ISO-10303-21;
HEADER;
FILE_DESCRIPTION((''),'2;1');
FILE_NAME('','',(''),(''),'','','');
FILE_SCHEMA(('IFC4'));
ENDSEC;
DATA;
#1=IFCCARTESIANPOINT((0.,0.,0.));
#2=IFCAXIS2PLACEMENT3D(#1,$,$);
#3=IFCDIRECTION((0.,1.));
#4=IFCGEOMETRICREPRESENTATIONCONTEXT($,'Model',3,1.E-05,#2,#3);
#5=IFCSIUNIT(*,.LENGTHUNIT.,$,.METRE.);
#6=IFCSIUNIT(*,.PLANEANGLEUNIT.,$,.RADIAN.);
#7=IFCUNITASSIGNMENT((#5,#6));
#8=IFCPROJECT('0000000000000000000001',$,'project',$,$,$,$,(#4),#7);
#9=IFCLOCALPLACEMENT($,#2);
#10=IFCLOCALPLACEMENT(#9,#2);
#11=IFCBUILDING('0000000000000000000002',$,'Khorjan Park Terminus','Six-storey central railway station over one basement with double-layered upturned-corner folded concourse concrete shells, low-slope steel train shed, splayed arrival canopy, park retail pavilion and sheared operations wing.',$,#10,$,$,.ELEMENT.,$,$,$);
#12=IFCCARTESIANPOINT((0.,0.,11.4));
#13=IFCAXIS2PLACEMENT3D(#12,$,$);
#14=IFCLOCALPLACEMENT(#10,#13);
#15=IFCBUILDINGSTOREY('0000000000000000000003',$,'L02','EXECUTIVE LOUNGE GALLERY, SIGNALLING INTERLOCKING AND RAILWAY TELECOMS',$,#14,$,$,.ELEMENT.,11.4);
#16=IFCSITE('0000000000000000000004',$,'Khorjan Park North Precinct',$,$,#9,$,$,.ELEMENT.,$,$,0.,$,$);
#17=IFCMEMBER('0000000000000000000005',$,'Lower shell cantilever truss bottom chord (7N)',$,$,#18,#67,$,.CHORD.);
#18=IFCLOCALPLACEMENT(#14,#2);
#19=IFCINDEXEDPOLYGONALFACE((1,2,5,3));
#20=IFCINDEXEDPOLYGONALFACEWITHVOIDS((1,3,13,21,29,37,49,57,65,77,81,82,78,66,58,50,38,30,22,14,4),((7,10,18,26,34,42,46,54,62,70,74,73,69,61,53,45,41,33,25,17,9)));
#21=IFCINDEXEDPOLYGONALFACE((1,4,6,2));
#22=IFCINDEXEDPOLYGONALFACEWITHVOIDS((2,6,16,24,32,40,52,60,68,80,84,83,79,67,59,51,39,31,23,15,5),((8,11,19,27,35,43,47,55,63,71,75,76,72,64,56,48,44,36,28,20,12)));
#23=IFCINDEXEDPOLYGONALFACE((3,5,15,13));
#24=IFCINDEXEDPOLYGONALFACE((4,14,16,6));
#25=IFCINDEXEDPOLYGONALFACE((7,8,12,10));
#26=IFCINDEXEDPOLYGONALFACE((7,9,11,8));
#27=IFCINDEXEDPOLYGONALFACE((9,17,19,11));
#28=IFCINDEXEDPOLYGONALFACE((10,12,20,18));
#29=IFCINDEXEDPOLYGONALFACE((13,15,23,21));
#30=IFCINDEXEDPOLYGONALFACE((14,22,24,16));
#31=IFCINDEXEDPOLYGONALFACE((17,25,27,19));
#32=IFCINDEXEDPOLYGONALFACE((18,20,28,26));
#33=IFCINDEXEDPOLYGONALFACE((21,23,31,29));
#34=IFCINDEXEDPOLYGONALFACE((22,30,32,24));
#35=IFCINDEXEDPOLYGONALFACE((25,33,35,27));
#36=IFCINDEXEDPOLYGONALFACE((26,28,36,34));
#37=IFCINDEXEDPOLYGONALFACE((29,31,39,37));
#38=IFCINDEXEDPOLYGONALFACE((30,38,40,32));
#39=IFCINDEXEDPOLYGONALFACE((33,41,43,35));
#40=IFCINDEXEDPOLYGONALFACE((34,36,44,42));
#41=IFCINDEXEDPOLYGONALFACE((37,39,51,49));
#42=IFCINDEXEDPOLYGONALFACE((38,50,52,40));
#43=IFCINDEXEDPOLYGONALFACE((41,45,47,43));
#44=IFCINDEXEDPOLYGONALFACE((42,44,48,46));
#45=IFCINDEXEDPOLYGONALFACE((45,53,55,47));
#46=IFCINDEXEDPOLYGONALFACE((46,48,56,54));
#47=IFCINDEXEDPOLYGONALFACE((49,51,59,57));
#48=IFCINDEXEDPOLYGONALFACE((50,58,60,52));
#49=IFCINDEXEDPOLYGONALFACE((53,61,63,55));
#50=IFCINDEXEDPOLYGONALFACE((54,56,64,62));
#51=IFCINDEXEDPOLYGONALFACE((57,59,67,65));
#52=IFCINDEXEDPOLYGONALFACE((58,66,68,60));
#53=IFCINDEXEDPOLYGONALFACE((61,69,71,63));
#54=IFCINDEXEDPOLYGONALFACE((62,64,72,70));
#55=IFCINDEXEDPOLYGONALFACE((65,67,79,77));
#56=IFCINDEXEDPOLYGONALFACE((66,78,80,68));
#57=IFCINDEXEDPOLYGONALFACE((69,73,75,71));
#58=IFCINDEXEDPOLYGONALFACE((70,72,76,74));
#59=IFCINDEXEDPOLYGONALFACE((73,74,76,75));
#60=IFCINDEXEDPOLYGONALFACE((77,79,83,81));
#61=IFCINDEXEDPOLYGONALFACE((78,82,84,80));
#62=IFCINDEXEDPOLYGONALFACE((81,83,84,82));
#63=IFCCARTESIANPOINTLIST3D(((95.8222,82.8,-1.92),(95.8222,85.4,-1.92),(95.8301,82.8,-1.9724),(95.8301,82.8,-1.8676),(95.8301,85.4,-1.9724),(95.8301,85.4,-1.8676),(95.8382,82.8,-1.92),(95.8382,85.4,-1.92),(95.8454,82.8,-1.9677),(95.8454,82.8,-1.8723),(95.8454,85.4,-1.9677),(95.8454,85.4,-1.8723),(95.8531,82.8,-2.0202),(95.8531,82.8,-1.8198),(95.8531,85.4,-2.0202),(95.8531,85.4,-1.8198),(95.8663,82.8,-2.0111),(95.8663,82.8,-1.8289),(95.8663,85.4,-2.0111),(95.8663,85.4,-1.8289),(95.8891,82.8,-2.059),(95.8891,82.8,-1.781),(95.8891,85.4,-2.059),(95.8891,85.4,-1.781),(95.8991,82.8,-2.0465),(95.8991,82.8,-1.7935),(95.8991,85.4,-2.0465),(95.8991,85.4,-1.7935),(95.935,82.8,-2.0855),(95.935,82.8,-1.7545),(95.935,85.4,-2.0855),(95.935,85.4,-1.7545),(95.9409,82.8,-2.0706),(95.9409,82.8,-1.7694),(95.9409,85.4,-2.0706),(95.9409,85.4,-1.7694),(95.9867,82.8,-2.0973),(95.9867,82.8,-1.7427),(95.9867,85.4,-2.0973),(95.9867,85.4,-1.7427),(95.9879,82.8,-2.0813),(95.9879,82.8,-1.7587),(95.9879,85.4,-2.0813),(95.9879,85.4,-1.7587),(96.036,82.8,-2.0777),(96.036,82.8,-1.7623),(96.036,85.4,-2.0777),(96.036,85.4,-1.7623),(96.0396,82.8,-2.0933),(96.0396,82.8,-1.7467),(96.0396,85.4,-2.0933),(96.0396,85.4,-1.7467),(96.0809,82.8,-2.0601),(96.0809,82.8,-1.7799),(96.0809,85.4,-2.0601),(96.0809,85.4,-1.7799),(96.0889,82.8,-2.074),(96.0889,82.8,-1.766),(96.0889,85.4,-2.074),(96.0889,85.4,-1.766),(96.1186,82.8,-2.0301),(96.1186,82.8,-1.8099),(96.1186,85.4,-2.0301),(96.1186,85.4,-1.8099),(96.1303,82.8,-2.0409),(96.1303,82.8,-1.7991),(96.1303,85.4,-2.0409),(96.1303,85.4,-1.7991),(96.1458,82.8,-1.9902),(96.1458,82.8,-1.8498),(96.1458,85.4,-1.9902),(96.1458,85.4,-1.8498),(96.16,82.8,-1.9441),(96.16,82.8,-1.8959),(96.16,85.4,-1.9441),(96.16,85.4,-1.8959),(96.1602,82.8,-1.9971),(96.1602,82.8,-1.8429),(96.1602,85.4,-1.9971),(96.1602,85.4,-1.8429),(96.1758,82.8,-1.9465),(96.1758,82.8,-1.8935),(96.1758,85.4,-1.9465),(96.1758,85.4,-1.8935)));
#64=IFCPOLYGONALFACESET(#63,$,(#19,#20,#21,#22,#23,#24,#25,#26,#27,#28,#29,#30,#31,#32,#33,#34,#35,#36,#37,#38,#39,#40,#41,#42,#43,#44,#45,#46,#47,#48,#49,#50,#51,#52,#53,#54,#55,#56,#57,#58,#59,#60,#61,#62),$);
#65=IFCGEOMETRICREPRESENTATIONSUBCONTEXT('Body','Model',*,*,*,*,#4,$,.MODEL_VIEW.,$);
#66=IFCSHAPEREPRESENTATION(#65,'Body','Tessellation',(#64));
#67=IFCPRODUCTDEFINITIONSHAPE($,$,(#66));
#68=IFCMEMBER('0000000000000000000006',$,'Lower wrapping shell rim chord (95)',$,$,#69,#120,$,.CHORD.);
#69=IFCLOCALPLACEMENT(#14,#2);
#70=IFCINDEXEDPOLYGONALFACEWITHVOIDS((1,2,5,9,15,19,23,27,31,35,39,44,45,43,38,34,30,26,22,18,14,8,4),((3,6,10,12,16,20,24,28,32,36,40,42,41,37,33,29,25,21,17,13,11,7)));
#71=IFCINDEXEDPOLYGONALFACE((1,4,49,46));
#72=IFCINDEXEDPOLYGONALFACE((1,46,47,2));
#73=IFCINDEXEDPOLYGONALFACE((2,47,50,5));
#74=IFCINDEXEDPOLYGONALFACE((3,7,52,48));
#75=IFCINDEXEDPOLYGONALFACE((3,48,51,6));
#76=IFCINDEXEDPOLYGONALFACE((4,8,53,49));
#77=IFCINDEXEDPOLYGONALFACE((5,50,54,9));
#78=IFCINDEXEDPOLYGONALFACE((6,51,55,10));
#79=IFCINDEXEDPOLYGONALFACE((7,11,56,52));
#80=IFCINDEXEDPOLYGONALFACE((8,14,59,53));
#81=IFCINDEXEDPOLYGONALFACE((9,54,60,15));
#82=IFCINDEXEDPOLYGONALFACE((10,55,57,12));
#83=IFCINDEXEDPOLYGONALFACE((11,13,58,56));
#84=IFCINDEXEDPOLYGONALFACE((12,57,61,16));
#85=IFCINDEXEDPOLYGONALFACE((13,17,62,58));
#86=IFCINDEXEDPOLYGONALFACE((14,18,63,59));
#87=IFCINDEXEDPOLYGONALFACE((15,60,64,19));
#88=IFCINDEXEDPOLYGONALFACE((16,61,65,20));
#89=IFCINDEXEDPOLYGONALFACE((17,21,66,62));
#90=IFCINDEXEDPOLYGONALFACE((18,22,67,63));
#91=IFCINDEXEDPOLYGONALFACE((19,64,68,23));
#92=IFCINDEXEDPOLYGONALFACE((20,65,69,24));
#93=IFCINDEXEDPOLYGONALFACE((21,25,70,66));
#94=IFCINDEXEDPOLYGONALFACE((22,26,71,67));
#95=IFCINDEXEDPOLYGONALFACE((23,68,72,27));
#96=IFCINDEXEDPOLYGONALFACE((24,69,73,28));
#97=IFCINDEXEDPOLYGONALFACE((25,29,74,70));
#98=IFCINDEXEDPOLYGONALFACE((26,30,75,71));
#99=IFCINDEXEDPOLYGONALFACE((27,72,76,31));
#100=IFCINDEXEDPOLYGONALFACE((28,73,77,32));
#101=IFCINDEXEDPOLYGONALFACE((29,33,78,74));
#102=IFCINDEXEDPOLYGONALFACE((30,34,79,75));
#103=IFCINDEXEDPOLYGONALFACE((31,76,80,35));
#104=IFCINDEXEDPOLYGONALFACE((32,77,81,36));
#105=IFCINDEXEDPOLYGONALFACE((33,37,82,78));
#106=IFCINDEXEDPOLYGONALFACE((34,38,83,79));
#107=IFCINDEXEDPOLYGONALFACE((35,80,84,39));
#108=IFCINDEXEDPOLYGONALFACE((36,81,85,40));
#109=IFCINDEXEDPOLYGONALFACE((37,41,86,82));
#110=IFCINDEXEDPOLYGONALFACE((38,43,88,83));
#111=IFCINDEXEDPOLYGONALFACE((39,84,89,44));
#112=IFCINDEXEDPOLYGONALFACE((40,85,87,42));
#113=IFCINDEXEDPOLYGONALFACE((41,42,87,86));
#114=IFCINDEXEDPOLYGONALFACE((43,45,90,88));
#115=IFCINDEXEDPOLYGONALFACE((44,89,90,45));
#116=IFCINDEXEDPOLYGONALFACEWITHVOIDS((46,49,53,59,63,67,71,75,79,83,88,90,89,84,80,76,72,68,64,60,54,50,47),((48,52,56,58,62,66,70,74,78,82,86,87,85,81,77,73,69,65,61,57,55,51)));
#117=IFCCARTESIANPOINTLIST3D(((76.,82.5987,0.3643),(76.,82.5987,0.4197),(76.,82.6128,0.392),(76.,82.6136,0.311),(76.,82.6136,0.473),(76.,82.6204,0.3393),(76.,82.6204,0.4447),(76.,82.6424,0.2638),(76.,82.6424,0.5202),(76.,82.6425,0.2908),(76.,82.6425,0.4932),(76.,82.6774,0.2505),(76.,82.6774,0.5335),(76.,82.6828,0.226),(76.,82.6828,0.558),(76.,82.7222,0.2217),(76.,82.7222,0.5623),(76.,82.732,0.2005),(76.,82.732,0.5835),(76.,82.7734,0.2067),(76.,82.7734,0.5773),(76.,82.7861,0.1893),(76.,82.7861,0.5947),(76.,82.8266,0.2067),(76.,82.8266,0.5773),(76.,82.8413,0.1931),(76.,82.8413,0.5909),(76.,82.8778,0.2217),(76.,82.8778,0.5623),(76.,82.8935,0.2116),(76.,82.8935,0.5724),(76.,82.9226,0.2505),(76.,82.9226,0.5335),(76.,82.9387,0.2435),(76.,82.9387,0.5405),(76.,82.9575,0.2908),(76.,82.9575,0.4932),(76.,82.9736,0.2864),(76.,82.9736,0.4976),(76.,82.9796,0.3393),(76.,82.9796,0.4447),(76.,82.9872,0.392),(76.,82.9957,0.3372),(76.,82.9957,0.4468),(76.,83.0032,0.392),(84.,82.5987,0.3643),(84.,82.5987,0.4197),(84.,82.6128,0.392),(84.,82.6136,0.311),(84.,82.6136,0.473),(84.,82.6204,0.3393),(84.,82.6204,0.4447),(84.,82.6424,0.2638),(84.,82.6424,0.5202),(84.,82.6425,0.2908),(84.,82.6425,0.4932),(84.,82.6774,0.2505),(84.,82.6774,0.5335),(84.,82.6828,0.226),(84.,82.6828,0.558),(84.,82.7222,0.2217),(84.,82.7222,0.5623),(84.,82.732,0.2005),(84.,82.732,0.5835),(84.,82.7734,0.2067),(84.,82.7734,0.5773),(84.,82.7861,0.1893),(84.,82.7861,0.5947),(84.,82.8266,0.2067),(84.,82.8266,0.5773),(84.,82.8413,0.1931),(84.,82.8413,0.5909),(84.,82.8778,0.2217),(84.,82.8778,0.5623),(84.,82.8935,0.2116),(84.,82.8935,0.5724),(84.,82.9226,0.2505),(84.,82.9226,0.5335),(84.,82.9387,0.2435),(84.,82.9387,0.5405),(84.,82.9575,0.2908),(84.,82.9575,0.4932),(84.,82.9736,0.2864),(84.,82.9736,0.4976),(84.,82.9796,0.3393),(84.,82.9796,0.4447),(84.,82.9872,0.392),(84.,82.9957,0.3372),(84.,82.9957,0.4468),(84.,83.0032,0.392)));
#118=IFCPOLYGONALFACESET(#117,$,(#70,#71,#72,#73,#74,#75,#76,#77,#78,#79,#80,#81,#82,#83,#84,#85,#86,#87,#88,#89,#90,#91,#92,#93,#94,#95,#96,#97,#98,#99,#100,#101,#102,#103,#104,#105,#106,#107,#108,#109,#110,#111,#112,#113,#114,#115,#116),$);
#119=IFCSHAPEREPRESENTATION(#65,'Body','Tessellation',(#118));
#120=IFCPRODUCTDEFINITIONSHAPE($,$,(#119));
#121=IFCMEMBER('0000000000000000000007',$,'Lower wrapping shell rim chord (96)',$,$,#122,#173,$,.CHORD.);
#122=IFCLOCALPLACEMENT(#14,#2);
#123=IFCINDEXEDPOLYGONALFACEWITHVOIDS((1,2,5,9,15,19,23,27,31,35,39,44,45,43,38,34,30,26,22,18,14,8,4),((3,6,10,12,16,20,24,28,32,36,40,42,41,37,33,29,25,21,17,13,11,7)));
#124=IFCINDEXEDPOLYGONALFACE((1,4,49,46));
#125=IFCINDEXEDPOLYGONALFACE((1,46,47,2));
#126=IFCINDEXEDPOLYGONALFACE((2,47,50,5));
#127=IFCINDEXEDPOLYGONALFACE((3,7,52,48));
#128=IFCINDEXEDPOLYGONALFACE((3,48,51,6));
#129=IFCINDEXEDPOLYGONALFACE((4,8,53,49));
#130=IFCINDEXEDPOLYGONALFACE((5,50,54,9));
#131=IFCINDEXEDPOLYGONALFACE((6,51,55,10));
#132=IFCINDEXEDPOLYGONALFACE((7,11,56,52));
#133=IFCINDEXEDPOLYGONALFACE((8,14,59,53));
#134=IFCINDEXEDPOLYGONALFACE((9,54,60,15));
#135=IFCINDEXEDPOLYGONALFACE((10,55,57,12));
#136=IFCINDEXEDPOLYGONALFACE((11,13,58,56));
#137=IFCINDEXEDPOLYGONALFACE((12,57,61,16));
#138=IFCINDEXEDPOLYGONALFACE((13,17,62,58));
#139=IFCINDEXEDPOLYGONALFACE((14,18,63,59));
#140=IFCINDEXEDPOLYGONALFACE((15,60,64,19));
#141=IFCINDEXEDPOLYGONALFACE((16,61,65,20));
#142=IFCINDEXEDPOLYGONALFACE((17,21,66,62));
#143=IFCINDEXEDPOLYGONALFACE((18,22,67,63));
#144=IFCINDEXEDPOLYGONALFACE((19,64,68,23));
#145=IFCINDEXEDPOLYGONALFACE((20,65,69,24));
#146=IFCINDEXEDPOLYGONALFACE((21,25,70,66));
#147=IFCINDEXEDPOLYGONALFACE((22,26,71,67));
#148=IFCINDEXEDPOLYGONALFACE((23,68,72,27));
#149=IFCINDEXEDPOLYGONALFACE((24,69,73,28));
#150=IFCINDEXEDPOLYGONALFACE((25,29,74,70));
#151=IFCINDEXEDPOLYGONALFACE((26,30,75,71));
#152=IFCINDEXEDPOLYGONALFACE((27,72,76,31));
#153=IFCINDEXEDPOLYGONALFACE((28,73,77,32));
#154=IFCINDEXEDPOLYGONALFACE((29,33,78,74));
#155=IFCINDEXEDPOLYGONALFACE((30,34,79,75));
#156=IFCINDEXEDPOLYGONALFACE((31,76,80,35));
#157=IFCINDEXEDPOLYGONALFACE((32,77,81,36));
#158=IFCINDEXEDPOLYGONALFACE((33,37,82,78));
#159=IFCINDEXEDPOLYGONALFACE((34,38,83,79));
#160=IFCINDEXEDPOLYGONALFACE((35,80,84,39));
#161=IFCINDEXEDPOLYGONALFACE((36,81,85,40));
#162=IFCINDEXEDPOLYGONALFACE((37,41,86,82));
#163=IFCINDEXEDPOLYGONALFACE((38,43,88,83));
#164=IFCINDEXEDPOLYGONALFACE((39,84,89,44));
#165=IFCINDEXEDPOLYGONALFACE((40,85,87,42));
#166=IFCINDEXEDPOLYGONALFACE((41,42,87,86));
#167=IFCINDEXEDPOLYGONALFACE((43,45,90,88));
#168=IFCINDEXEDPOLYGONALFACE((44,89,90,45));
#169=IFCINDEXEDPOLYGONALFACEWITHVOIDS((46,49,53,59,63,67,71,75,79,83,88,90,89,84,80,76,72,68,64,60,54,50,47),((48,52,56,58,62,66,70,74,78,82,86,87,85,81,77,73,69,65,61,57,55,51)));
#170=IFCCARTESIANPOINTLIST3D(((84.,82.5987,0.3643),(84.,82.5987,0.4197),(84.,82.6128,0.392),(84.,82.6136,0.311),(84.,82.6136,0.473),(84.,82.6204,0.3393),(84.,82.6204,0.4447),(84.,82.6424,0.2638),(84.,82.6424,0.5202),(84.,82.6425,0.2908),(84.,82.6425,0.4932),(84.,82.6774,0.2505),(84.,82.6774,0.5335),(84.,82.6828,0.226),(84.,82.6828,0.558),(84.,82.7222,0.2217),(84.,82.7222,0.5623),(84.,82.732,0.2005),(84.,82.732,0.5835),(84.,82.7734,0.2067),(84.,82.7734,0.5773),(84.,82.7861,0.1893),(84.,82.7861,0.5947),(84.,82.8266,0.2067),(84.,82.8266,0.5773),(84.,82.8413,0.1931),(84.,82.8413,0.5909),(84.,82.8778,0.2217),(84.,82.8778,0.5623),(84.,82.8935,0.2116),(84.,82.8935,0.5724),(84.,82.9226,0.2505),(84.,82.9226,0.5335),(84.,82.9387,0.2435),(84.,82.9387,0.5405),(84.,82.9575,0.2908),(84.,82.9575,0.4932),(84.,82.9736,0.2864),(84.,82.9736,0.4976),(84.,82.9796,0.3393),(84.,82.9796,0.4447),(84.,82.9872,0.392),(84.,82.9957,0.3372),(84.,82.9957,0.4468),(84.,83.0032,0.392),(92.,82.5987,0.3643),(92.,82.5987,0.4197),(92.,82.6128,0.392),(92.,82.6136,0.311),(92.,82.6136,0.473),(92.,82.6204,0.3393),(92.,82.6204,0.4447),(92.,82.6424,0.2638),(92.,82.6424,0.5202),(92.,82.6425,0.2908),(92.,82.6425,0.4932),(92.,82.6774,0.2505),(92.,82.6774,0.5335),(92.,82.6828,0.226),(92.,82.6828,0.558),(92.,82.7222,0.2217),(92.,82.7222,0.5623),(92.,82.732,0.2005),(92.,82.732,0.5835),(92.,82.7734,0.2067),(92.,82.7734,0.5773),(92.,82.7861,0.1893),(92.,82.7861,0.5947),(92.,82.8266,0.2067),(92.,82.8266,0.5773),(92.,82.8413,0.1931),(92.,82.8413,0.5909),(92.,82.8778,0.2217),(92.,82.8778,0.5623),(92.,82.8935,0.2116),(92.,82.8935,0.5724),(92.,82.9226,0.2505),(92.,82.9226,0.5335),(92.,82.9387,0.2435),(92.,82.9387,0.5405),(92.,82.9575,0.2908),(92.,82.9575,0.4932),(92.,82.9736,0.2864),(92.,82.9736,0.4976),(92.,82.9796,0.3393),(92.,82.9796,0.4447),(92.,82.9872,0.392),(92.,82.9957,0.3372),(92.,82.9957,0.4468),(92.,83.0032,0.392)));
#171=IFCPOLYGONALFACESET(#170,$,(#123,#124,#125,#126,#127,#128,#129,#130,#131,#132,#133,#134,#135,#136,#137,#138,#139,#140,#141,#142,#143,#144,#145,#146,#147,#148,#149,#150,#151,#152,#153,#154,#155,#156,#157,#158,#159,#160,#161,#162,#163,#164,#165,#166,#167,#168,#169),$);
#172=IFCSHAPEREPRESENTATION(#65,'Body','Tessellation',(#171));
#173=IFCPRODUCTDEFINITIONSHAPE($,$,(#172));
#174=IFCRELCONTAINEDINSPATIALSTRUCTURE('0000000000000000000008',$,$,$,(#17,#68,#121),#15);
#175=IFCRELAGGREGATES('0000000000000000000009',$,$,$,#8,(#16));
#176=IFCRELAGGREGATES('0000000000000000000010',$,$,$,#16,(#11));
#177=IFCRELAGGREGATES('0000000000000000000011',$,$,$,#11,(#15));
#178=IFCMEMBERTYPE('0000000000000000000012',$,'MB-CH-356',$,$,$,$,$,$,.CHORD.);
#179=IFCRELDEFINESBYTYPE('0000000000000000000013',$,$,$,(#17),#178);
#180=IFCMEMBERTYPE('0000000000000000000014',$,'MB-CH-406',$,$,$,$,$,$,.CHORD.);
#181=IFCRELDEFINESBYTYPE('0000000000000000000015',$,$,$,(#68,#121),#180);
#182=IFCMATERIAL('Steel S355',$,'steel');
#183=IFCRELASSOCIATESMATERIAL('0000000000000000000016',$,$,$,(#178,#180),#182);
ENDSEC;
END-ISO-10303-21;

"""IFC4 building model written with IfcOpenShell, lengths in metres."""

from ifc_helpers import new_model, si_unit, direction, frame, origin, origin_2d, place, context, subcontext, project, spatial, hollow_circle, extrude, material, material_profile, profile_set, type_object, element, save


model = new_model("IFC4")

# Units and contexts
model_context = context("Model", 3, precision=1e-05, world=origin(), true_north=direction((0.0, 1.0)))
body_context = subcontext(model_context, "Body", "Model", "MODEL_VIEW")
ifc_project = project(units=[si_unit("LENGTHUNIT", "METRE"), si_unit("PLANEANGLEUNIT", "RADIAN")], contexts=[model_context])

# Site, building, storey
site_placement = place(None, origin())
site = spatial("IfcSite", under=ifc_project, at=site_placement, Name="Khorjan Park North Precinct", CompositionType="ELEMENT", RefElevation=0.0)
building_placement = place(site_placement, origin())
building = spatial("IfcBuilding", under=site, at=building_placement, Name="Khorjan Park Terminus", Description="Six-storey central railway station over one basement with double-layered upturned-corner folded concourse concrete shells, low-slope steel train shed, splayed arrival canopy, park retail pavilion and sheared operations wing.", CompositionType="ELEMENT")
storey_placement = place(building_placement, frame((0.0, 0.0, 11.4)))
storey = spatial("IfcBuildingStorey", under=building, at=storey_placement, Name="L02", Description="EXECUTIVE LOUNGE GALLERY, SIGNALLING INTERLOCKING AND RAILWAY TELECOMS", CompositionType="ELEMENT", Elevation=11.4)

# Members
ifc_material_1 = material(Name="Steel S355", Category="steel")
ifc_material_profile_1 = material_profile(ifc_material_1, hollow_circle(Radius=0.1778, WallThickness=0.016, at=origin_2d()), Name="CHS 355.6x16")
ifc_profile_set_1 = profile_set([ifc_material_profile_1], Name="Steel S355")
member_type_1 = type_object("IfcMemberType", Name="MB-CH-356", PredefinedType="CHORD", material=ifc_profile_set_1)
for number, where, z_axis, x_axis, name in (
    (1, (96.0, 82.8, -1.92), (0.0, 1.0, 0.0), (-1.0, 0.0, 0.0), "Lower shell cantilever truss bottom chord (7N)"),
):
    element("IfcMember", number, at=place(storey_placement, frame(where, z_axis=z_axis, x_axis=x_axis)), inside=storey, type_object=member_type_1, Name=name, PredefinedType="CHORD", context=body_context, shape_type="SweptSolid", body=[
        extrude(hollow_circle(Radius=0.1778, WallThickness=0.016, at=origin_2d()), origin(), (0.0, 0.0, 1.0), 2.6),
    ])
ifc_material_profile_2 = material_profile(ifc_material_1, hollow_circle(Radius=0.2032, WallThickness=0.016, at=origin_2d()), Name="CHS 406.4x16")
ifc_profile_set_2 = profile_set([ifc_material_profile_2], Name="Steel S355")
member_type_2 = type_object("IfcMemberType", Name="MB-CH-406", PredefinedType="CHORD", material=ifc_profile_set_2)
for number, where, z_axis, x_axis, name in (
    (2, (76.0, 82.8, 0.392), (1.0, 0.0, 0.0), (0.0, 1.0, 0.0), "Lower wrapping shell rim chord (95)"),
    (3, (84.0, 82.8, 0.392), (1.0, 0.0, 0.0), (0.0, 1.0, 0.0), "Lower wrapping shell rim chord (96)"),
):
    element("IfcMember", number, at=place(storey_placement, frame(where, z_axis=z_axis, x_axis=x_axis)), inside=storey, type_object=member_type_2, Name=name, PredefinedType="CHORD", context=body_context, shape_type="SweptSolid", body=[
        extrude(hollow_circle(Radius=0.2032, WallThickness=0.016, at=origin_2d()), origin(), (0.0, 0.0, 1.0), 8.0),
    ])

save(model, "model.ifc")
